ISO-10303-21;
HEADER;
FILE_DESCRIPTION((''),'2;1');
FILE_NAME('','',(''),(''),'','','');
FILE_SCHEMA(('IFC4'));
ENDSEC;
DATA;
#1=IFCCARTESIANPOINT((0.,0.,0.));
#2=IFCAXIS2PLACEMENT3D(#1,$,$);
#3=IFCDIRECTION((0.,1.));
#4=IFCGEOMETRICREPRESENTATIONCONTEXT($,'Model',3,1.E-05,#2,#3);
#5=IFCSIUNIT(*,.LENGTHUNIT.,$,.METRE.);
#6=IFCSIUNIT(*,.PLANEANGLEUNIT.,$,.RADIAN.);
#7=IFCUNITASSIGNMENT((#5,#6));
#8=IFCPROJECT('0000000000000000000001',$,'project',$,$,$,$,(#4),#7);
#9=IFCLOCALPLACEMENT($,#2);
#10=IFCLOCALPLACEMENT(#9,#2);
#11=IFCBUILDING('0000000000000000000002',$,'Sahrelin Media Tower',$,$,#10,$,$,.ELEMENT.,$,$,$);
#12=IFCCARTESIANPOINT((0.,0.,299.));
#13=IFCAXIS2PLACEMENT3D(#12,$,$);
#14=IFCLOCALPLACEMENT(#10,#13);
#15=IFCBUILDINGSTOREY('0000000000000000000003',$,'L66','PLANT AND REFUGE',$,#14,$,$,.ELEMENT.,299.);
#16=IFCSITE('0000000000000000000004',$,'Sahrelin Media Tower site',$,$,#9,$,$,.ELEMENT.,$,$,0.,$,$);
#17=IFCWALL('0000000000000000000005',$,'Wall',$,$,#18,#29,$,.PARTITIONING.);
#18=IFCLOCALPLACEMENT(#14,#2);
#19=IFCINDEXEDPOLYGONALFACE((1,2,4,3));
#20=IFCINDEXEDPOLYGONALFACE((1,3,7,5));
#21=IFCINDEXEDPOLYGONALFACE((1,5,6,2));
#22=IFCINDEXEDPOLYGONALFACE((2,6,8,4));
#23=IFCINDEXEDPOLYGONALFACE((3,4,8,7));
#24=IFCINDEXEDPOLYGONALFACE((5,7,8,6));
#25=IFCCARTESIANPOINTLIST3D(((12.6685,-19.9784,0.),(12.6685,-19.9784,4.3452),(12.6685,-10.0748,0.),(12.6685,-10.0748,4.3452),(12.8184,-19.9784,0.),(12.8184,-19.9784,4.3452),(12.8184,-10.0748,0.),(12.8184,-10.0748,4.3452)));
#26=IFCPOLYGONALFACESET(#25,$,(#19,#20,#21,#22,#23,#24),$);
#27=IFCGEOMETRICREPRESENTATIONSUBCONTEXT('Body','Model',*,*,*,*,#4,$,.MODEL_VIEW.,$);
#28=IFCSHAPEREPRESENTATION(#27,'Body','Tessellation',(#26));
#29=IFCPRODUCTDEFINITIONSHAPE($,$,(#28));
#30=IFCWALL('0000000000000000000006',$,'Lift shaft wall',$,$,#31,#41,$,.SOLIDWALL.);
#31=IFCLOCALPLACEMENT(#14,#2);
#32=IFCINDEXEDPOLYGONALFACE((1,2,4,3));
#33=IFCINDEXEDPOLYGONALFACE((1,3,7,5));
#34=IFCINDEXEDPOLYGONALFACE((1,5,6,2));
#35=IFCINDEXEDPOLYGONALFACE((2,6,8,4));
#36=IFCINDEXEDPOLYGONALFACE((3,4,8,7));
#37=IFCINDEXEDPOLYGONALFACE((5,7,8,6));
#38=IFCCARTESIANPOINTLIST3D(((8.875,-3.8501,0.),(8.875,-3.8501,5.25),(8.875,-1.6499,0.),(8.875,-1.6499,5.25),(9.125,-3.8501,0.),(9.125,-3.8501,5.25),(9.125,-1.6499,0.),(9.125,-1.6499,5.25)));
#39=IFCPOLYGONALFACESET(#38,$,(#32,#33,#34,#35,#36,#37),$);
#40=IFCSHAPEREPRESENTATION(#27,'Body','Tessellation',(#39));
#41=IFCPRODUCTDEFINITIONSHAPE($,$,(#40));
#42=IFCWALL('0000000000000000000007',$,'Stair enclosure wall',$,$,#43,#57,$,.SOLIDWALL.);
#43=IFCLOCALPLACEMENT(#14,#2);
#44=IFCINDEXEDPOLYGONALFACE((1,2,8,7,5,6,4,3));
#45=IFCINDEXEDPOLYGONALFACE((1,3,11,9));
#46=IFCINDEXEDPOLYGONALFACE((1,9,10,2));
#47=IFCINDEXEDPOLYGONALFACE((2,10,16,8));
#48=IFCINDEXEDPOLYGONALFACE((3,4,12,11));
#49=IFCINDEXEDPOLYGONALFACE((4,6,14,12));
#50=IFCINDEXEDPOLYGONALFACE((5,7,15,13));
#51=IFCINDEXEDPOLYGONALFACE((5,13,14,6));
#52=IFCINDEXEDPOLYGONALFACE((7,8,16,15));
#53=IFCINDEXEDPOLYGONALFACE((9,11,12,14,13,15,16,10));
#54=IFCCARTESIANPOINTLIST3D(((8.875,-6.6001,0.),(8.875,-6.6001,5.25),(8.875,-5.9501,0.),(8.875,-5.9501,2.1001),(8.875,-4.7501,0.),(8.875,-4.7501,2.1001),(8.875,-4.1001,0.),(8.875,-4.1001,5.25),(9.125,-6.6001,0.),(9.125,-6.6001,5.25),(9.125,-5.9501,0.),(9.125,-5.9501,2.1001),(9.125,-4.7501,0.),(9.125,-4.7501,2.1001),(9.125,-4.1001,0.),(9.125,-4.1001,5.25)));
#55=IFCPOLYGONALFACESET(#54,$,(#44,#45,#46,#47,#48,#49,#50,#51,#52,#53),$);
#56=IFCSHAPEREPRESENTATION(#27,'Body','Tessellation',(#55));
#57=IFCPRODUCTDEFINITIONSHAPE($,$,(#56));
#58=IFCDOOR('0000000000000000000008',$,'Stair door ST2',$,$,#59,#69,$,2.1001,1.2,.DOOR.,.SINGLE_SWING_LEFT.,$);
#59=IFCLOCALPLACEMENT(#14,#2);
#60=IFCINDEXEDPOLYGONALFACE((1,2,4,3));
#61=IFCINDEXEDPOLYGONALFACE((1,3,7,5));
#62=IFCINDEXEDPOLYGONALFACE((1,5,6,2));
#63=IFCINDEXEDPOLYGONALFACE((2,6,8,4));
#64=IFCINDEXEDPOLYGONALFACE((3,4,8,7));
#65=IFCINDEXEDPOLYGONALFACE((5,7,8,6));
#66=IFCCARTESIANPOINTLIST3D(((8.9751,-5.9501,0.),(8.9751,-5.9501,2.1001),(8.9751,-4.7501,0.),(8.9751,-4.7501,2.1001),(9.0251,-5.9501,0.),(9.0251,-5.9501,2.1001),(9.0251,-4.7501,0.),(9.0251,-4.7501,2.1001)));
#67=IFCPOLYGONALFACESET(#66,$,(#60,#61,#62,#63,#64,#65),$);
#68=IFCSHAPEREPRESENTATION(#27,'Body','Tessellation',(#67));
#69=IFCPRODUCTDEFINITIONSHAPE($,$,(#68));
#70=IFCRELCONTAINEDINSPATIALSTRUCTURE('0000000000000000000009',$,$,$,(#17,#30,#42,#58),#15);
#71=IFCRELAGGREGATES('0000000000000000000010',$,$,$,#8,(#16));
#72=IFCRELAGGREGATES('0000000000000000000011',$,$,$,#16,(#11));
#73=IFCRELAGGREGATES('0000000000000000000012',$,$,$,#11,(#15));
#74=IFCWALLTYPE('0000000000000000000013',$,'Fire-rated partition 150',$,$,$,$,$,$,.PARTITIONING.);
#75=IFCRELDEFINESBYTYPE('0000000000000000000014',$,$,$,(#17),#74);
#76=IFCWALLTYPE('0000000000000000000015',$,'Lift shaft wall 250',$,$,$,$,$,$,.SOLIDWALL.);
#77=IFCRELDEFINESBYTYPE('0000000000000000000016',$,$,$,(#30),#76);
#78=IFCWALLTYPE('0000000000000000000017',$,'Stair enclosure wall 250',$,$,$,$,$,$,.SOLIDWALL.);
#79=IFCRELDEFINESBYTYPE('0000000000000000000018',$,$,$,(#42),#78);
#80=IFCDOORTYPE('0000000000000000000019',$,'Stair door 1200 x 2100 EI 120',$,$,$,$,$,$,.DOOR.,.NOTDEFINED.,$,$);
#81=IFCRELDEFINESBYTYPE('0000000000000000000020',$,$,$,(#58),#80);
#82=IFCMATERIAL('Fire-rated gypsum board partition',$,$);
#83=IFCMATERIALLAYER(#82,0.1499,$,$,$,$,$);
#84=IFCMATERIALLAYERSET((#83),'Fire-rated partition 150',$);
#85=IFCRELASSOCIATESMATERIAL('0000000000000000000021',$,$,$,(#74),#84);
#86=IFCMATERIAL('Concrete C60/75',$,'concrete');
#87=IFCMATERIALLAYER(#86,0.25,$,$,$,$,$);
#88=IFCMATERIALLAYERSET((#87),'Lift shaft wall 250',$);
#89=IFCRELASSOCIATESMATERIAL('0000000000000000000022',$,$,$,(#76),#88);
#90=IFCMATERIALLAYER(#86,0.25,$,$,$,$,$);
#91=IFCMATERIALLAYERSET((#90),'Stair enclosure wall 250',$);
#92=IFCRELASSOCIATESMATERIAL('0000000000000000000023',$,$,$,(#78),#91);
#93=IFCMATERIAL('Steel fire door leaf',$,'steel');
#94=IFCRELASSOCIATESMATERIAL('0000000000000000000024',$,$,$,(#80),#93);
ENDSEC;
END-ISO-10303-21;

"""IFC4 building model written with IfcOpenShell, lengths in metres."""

from ifc_helpers import new_model, si_unit, direction, frame, frame_2d, origin, place, context, subcontext, project, spatial, rectangle, extrude, material, layer, layer_set, type_object, element, fill, save


model = new_model("IFC4")

# Units and contexts
model_context = context("Model", 3, precision=1e-05, world=origin(), true_north=direction((0.0, 1.0)))
body_context = subcontext(model_context, "Body", "Model", "MODEL_VIEW")
ifc_project = project(units=[si_unit("LENGTHUNIT", "METRE"), si_unit("PLANEANGLEUNIT", "RADIAN")], contexts=[model_context])

# Site, building, storey
site_placement = place(None, origin())
site = spatial("IfcSite", under=ifc_project, at=site_placement, Name="Sahrelin Media Tower site", CompositionType="ELEMENT", RefElevation=0.0)
building_placement = place(site_placement, origin())
building = spatial("IfcBuilding", under=site, at=building_placement, Name="Sahrelin Media Tower", CompositionType="ELEMENT")
storey_placement = place(building_placement, frame((0.0, 0.0, 299.0)))
storey = spatial("IfcBuildingStorey", under=building, at=storey_placement, Name="L66", Description="PLANT AND REFUGE", CompositionType="ELEMENT", Elevation=299.0)

# Shared definitions
ifc_material_1 = material(Name="Concrete C60/75", Category="concrete")
ifc_material_2 = material(Name="Steel fire door leaf", Category="steel")

# Shared definitions
ifc_material_3 = material(Name="Fire-rated gypsum board partition")
ifc_layer_1 = layer(ifc_material_3, 0.1499)
ifc_layer_set_1 = layer_set([ifc_layer_1], Name="Fire-rated partition 150")
wall_type_1 = type_object("IfcWallType", Name="Fire-rated partition 150", PredefinedType="PARTITIONING", material=ifc_layer_set_1)

# Walls
wall_1_placement = place(storey_placement, frame((12.7434, -10.075, 0.0), z_axis=(0.0, 0.0, 1.0), x_axis=(0.0, -1.0, 0.0)))
element("IfcWall", 1, at=wall_1_placement, inside=storey, type_object=wall_type_1, Name="Wall", PredefinedType="PARTITIONING", context=body_context, shape_type="SweptSolid", body=[
    extrude(rectangle(XDim=9.9036, YDim=0.1499, at=frame_2d((4.9517, 0.0))), origin(), (0.0, 0.0, 1.0), 4.3452),
])
ifc_layer_2 = layer(ifc_material_1, 0.25)
ifc_layer_set_2 = layer_set([ifc_layer_2], Name="Lift shaft wall 250")
wall_type_2 = type_object("IfcWallType", Name="Lift shaft wall 250", PredefinedType="SOLIDWALL", material=ifc_layer_set_2)
wall_2_placement = place(storey_placement, frame((9.0, -3.8501, 0.0), z_axis=(0.0, 0.0, 1.0), x_axis=(0.0, 1.0, 0.0)))
element("IfcWall", 2, at=wall_2_placement, inside=storey, type_object=wall_type_2, Name="Lift shaft wall", PredefinedType="SOLIDWALL", context=body_context, shape_type="SweptSolid", body=[
    extrude(rectangle(XDim=2.2002, YDim=0.25, at=frame_2d((1.1001, 0.0))), origin(), (0.0, 0.0, 1.0), 5.25),
])

# Wall, opening, door
ifc_layer_3 = layer(ifc_material_1, 0.25)
ifc_layer_set_3 = layer_set([ifc_layer_3], Name="Stair enclosure wall 250")
wall_type_3 = type_object("IfcWallType", Name="Stair enclosure wall 250", PredefinedType="SOLIDWALL", material=ifc_layer_set_3)
wall_3_placement = place(storey_placement, frame((9.0, -6.6001, 0.0), z_axis=(0.0, 0.0, 1.0), x_axis=(0.0, 1.0, 0.0)))
wall_3 = element("IfcWall", 3, at=wall_3_placement, inside=storey, type_object=wall_type_3, Name="Stair enclosure wall", PredefinedType="SOLIDWALL", context=body_context, shape_type="SweptSolid", body=[
    extrude(rectangle(XDim=2.5, YDim=0.25, at=frame_2d((1.25, 0.0))), origin(), (0.0, 0.0, 1.0), 5.25),
])
opening_1_placement = place(wall_3_placement, frame((0.6499, 0.0, 0.0)))
opening_1 = element("IfcOpeningElement", 4, at=opening_1_placement, cuts=wall_3, PredefinedType="OPENING", context=body_context, shape_type="SweptSolid", body=[
    extrude(rectangle(XDim=1.2, YDim=2.1001, at=frame_2d((0.6001, 1.05))), frame((0.0, 0.125, 0.0), z_axis=(0.0, -1.0, 0.0), x_axis=(1.0, 0.0, 0.0)), (0.0, 0.0, 1.0), 0.25),
])
door_type_1 = type_object("IfcDoorType", Name="Stair door 1200 x 2100 EI 120", OperationType="NOTDEFINED", PredefinedType="DOOR", material=ifc_material_2)
door_1_placement = place(opening_1_placement, origin())
door_1 = element("IfcDoor", 5, at=door_1_placement, inside=storey, type_object=door_type_1, Name="Stair door ST2", OperationType="SINGLE_SWING_LEFT", OverallHeight=2.1001, OverallWidth=1.2, PredefinedType="DOOR", context=body_context, shape_type="SweptSolid", body=[
    extrude(rectangle(XDim=1.2, YDim=2.1001, at=frame_2d((0.6001, 1.05))), frame((0.0, 0.0249, 0.0), z_axis=(0.0, -1.0, 0.0), x_axis=(1.0, 0.0, 0.0)), (0.0, 0.0, 1.0), 0.05),
])
fill(opening_1, door_1)

save(model, "model.ifc")
